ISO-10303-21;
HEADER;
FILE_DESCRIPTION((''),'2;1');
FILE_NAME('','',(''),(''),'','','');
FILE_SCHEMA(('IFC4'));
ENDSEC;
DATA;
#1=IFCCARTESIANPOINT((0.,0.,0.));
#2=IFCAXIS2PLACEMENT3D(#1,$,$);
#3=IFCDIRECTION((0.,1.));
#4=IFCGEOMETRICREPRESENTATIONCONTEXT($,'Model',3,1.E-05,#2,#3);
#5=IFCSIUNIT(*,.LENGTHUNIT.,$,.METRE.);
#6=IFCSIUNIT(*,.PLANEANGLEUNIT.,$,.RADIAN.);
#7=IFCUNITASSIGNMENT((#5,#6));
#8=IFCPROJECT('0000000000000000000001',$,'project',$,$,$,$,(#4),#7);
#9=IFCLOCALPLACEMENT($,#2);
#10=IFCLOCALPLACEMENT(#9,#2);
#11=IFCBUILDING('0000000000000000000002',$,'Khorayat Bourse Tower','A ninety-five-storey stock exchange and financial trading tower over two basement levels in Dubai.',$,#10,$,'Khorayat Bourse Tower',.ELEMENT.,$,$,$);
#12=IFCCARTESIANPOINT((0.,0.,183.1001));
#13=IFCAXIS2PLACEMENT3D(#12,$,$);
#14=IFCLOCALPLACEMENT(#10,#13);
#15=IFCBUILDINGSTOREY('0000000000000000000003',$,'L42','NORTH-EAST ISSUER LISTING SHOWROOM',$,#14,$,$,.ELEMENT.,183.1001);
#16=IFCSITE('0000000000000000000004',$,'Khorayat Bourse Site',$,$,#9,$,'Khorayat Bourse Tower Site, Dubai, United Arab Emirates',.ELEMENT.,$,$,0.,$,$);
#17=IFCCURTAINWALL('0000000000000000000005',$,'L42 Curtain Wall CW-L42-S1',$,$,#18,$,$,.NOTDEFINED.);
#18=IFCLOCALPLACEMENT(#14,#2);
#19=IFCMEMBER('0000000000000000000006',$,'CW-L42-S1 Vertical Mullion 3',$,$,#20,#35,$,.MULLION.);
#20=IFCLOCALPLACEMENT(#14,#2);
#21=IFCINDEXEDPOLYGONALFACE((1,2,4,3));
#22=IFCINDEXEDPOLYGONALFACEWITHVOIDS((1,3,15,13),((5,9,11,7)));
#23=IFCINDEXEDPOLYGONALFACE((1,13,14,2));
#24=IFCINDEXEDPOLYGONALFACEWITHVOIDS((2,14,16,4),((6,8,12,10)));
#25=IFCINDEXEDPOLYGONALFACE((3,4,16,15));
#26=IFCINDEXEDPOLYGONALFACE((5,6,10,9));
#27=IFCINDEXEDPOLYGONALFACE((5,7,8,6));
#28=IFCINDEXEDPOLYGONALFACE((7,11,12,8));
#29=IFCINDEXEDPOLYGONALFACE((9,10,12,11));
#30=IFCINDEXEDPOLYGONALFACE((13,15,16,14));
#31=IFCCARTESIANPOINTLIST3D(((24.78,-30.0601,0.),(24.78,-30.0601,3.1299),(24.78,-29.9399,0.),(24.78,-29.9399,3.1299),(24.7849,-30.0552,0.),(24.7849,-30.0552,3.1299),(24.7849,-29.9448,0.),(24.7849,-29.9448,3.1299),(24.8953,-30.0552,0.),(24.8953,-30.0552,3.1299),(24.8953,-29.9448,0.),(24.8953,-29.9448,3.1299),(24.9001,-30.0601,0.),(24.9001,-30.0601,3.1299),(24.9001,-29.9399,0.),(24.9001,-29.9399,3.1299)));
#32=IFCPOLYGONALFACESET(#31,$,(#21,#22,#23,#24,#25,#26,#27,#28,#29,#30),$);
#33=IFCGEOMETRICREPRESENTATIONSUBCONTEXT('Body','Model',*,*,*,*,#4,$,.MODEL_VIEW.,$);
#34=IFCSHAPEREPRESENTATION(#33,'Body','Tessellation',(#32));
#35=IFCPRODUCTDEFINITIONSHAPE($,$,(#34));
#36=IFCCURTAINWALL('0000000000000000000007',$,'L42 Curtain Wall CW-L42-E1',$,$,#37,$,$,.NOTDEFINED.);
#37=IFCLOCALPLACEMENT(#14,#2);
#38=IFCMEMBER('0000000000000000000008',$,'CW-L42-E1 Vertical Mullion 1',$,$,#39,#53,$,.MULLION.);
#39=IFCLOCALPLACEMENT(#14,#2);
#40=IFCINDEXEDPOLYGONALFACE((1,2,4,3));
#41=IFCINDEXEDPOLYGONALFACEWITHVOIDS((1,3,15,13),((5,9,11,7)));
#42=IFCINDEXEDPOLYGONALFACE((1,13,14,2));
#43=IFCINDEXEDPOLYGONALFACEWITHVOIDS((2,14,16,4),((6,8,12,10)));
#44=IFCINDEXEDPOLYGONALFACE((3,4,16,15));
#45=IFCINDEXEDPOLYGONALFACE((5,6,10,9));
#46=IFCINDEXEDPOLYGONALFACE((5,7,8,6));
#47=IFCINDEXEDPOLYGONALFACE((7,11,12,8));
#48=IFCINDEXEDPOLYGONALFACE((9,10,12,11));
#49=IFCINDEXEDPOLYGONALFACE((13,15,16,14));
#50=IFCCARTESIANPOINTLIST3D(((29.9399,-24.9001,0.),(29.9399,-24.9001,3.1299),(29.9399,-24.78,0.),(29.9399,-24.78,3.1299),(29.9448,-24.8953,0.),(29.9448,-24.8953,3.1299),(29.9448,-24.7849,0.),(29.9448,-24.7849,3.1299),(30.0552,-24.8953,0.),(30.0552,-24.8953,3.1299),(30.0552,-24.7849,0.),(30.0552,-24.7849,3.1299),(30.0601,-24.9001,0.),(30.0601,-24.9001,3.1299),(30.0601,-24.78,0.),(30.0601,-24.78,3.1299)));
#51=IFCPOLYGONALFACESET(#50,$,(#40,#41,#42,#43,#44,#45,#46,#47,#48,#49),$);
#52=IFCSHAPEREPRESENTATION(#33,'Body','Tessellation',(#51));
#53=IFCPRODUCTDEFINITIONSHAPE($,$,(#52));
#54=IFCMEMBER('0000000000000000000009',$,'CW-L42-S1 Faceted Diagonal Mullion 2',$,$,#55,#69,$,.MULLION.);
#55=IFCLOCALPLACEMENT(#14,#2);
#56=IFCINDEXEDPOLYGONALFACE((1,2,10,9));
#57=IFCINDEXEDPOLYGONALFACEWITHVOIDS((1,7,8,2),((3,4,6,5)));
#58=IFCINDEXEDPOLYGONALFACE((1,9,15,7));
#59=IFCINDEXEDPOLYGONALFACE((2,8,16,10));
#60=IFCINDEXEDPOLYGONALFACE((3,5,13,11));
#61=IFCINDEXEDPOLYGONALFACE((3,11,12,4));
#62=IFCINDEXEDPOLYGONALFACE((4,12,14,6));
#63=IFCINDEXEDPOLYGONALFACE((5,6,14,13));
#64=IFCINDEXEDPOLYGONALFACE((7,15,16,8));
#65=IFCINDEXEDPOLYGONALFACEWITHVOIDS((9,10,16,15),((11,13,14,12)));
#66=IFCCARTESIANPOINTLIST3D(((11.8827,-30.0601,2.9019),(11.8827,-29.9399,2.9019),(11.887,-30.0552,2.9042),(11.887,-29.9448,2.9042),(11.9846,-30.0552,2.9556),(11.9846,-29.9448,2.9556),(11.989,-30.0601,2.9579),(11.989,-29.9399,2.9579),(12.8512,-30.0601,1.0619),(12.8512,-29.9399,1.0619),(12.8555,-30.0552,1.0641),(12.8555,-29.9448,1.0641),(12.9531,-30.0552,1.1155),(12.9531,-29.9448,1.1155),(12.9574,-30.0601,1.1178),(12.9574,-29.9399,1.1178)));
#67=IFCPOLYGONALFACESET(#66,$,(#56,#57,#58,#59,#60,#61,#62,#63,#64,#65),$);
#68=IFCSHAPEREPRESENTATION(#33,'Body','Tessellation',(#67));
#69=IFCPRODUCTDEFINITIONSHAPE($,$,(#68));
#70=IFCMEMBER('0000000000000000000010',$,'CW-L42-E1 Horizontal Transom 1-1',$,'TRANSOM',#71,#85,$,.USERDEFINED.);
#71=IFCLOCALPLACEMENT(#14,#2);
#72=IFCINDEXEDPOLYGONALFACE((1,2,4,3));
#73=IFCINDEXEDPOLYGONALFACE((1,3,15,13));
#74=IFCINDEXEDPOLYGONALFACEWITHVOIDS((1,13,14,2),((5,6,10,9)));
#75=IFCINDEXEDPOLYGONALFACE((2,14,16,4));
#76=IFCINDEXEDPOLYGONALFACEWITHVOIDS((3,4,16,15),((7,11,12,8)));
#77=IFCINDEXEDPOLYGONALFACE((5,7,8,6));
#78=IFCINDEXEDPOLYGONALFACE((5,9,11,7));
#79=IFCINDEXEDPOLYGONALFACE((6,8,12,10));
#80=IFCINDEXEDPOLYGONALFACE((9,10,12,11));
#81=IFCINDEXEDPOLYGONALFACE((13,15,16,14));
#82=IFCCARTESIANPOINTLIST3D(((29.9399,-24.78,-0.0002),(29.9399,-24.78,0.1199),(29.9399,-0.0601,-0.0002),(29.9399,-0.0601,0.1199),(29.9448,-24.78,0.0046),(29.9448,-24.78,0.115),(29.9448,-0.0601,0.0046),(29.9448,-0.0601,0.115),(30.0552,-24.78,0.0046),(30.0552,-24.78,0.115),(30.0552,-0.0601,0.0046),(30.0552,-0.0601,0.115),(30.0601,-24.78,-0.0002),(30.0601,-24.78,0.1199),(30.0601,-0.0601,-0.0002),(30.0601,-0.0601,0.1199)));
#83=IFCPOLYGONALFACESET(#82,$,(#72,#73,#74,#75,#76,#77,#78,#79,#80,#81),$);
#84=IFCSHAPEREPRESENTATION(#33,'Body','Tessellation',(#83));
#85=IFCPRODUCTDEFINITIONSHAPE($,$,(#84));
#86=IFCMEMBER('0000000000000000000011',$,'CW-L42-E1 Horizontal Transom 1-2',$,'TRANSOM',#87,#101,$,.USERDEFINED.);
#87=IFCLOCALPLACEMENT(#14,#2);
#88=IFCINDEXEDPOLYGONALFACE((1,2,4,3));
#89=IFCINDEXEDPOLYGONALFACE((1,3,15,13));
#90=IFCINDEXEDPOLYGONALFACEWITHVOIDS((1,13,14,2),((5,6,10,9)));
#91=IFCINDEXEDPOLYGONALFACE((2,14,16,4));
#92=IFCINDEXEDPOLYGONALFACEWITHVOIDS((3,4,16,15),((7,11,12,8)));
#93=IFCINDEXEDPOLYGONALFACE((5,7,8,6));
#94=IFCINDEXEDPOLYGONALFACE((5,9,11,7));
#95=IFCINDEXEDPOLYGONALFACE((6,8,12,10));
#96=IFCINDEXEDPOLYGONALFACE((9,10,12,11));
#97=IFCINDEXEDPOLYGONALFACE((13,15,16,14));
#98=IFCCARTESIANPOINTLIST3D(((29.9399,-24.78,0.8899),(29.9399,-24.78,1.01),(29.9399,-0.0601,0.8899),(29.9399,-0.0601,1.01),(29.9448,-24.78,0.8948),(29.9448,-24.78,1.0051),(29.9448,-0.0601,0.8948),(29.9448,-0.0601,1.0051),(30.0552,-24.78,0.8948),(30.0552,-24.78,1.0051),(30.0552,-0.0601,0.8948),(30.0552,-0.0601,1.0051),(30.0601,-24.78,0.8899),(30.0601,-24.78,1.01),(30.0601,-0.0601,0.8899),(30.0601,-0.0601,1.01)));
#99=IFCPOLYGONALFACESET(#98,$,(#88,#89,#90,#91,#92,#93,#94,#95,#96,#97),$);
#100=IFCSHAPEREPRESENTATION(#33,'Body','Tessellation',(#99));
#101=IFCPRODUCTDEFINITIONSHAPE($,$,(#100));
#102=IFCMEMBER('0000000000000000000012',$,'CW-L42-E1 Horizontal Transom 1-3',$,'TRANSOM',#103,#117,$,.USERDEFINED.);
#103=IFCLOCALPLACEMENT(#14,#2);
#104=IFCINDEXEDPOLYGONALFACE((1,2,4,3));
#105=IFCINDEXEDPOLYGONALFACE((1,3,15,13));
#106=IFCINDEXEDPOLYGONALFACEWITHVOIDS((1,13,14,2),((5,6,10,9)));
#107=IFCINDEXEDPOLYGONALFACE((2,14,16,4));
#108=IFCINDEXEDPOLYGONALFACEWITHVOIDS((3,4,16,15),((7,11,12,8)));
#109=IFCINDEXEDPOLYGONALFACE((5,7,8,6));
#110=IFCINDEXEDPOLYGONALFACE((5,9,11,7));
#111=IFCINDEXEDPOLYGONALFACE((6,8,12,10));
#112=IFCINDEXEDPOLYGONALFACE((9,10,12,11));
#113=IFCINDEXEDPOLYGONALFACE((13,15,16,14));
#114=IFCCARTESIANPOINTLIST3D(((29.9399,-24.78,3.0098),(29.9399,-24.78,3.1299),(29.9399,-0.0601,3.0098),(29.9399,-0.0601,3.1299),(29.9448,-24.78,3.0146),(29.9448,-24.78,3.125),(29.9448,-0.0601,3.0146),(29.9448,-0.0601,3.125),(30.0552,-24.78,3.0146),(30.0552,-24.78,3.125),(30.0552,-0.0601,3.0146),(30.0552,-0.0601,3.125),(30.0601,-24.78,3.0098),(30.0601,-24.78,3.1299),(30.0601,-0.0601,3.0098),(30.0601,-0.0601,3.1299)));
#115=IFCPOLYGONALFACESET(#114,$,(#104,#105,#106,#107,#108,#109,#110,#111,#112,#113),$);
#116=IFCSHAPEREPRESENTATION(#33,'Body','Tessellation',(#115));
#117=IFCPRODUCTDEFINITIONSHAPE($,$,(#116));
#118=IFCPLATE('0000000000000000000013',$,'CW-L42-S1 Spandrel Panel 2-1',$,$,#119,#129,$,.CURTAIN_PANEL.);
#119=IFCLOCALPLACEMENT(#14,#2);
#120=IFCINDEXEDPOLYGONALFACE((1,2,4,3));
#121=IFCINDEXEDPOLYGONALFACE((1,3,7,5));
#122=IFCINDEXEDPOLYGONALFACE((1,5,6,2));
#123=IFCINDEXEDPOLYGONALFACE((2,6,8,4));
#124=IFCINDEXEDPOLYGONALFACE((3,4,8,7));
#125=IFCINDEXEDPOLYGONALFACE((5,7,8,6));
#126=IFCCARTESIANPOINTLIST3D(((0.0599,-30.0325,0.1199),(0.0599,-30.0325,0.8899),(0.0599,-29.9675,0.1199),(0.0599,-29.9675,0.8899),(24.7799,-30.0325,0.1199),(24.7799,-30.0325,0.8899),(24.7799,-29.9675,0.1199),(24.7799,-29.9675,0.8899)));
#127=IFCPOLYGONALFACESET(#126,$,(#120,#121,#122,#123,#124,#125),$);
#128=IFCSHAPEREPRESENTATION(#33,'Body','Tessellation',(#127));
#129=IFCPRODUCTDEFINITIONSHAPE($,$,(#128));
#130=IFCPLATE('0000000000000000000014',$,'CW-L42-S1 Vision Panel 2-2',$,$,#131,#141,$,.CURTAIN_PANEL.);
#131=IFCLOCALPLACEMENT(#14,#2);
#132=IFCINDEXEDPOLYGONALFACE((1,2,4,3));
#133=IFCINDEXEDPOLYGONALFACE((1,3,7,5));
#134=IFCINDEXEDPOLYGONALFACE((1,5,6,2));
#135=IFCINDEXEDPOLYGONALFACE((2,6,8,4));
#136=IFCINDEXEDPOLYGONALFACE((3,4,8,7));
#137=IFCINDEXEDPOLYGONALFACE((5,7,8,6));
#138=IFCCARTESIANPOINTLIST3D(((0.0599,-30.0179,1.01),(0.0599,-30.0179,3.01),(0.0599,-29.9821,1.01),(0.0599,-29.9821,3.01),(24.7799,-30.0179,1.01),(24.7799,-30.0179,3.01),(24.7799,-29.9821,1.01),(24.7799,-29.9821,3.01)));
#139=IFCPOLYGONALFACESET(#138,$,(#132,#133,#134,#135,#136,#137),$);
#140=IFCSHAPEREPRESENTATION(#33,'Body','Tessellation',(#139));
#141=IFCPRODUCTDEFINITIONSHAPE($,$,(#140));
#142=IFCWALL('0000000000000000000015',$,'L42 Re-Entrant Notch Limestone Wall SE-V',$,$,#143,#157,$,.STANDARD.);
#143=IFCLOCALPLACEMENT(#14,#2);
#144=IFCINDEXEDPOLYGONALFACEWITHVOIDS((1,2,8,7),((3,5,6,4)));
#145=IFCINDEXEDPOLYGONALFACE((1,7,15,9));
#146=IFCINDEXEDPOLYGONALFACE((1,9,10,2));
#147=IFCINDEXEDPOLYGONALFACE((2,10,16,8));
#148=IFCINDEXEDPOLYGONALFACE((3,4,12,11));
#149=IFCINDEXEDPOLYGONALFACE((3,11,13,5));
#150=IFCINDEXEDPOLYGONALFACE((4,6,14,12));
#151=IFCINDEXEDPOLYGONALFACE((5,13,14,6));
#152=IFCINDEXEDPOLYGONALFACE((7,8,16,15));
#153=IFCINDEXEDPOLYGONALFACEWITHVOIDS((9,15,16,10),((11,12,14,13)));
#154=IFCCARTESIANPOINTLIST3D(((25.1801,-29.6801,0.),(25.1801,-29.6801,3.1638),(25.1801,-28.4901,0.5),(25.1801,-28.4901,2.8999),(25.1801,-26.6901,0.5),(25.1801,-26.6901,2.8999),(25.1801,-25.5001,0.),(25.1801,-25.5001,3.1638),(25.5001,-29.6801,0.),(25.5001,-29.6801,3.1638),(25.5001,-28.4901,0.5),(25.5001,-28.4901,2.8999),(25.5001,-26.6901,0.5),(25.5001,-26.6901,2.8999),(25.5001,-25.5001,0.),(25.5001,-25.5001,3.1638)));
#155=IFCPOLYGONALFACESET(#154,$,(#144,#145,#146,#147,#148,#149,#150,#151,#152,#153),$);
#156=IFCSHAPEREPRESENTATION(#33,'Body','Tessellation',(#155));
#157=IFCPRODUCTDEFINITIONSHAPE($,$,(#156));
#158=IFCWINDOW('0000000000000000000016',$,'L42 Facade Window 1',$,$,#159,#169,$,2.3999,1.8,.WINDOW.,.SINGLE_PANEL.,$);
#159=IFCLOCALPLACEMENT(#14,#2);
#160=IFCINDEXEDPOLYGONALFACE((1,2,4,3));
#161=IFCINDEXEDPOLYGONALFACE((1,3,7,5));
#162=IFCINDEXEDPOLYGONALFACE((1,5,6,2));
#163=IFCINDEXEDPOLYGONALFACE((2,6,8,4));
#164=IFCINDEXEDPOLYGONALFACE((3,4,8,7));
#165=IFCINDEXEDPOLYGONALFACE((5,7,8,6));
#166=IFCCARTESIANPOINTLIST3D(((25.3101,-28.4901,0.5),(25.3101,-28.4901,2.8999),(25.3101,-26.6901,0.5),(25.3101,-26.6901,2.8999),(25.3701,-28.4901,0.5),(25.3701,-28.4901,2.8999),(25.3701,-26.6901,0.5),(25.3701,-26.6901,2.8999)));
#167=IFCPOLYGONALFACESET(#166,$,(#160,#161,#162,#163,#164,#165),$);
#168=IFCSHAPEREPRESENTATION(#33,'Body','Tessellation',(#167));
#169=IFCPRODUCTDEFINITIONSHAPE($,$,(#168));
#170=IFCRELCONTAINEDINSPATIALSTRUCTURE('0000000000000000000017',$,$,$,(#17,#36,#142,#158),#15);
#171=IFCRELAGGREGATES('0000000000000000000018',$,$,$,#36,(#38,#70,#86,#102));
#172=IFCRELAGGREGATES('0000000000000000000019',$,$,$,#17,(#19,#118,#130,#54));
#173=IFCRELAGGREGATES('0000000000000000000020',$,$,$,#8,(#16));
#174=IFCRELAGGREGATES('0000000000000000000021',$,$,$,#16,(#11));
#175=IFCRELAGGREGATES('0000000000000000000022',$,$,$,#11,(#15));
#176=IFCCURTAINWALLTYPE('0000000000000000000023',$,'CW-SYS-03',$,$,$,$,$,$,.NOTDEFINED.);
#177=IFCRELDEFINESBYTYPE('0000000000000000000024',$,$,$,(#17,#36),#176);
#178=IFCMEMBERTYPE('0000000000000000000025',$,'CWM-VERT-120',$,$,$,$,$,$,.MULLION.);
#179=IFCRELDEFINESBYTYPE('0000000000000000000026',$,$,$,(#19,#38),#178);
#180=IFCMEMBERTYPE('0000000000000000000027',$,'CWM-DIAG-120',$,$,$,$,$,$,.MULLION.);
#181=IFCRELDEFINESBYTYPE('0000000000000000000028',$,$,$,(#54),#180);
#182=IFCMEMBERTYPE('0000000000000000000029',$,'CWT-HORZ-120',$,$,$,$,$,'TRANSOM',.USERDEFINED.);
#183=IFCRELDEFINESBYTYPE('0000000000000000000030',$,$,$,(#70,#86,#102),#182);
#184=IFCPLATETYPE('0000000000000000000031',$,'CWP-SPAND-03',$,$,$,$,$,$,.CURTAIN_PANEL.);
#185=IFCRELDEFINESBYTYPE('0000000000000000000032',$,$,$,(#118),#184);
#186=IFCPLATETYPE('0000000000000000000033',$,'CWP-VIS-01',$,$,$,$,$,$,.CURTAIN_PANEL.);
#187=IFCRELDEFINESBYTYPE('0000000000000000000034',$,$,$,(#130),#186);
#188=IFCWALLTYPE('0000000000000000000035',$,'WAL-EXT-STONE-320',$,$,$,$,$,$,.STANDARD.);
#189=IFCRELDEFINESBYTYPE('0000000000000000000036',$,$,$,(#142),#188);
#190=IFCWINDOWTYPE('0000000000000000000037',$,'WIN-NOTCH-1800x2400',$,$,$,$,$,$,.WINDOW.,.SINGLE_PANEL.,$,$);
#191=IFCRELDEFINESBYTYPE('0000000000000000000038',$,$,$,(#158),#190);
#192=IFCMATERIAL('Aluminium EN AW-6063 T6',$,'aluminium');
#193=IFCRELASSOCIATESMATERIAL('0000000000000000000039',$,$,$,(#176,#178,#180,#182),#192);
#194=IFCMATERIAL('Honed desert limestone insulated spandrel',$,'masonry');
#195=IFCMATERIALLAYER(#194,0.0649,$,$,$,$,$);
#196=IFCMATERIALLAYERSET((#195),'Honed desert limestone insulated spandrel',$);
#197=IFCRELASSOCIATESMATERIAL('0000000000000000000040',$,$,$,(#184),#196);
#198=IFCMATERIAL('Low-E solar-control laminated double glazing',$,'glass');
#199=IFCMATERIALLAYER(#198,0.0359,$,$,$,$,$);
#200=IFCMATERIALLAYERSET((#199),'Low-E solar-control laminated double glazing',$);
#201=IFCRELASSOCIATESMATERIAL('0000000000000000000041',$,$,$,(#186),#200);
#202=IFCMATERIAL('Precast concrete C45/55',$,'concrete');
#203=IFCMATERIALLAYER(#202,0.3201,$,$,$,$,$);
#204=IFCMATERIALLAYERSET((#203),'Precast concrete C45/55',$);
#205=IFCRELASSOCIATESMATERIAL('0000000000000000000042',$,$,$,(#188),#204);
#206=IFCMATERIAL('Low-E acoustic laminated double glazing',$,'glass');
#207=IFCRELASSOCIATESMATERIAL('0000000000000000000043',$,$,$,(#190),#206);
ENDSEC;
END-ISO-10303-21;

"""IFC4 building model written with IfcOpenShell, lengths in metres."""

from ifc_helpers import new_model, si_unit, direction, frame, frame_2d, origin, origin_2d, place, context, subcontext, project, spatial, rectangle, hollow_rectangle, extrude, source, transform, mapped, material, layer, layer_set, material_profile, profile_set, type_object, element, fill, aggregate, save


model = new_model("IFC4")

# Units and contexts
model_context = context("Model", 3, precision=1e-05, world=origin(), true_north=direction((0.0, 1.0)))
body_context = subcontext(model_context, "Body", "Model", "MODEL_VIEW")
ifc_project = project(units=[si_unit("LENGTHUNIT", "METRE"), si_unit("PLANEANGLEUNIT", "RADIAN")], contexts=[model_context])

# Site, building, storey
site_placement = place(None, origin())
site = spatial("IfcSite", under=ifc_project, at=site_placement, Name="Khorayat Bourse Site", LongName="Khorayat Bourse Tower Site, Dubai, United Arab Emirates", CompositionType="ELEMENT", RefElevation=0.0)
building_placement = place(site_placement, origin())
building = spatial("IfcBuilding", under=site, at=building_placement, Name="Khorayat Bourse Tower", Description="A ninety-five-storey stock exchange and financial trading tower over two basement levels in Dubai.", LongName="Khorayat Bourse Tower", CompositionType="ELEMENT")
storey_placement = place(building_placement, frame((0.0, 0.0, 183.1001)))
storey = spatial("IfcBuildingStorey", under=building, at=storey_placement, Name="L42", Description="NORTH-EAST ISSUER LISTING SHOWROOM", CompositionType="ELEMENT", Elevation=183.1001)

# Curtain walls, members
ifc_material_1 = material(Name="Aluminium EN AW-6063 T6", Category="aluminium")
curtain_wall_type = type_object("IfcCurtainWallType", Name="CW-SYS-03", PredefinedType="NOTDEFINED", material=ifc_material_1)
curtain_wall_1_placement = place(storey_placement, origin())
curtain_wall_1 = element("IfcCurtainWall", 1, at=curtain_wall_1_placement, inside=storey, type_object=curtain_wall_type, Name="L42 Curtain Wall CW-L42-S1", PredefinedType="NOTDEFINED")
ifc_material_profile_1 = material_profile(ifc_material_1, hollow_rectangle(XDim=0.1201, YDim=0.1201, WallThickness=0.0049, at=origin_2d()), Name="ALU 120x120x5")
ifc_profile_set_1 = profile_set([ifc_material_profile_1], Name="Aluminium EN AW-6063 T6")
member_type_1 = type_object("IfcMemberType", Name="CWM-VERT-120", PredefinedType="MULLION", material=ifc_profile_set_1)
shared_shape_1 = source(origin(), body_context, "Body", "SweptSolid", [
    extrude(hollow_rectangle(XDim=0.1201, YDim=0.1201, WallThickness=0.0049, at=origin_2d()), origin(), (0.0, 0.0, 1.0), 3.1299),
])
member_1_placement = place(storey_placement, frame((24.8401, -30.0, 0.0), z_axis=(0.0, 0.0, 1.0), x_axis=(0.0, 1.0, 0.0)))
member_1 = element("IfcMember", 2, at=member_1_placement, type_object=member_type_1, Name="CW-L42-S1 Vertical Mullion 3", PredefinedType="MULLION", context=body_context, shape_type="MappedRepresentation", body=[
    mapped(shared_shape_1, transform((0.0, 0.0, 0.0), scale=1.0)),
])
curtain_wall_2_placement = place(storey_placement, origin())
curtain_wall_2 = element("IfcCurtainWall", 3, at=curtain_wall_2_placement, inside=storey, type_object=curtain_wall_type, Name="L42 Curtain Wall CW-L42-E1", PredefinedType="NOTDEFINED")
member_2_placement = place(storey_placement, frame((30.0, -24.8401, 0.0), z_axis=(0.0, 0.0, 1.0), x_axis=(-1.0, 0.0, 0.0)))
member_2 = element("IfcMember", 4, at=member_2_placement, type_object=member_type_1, Name="CW-L42-E1 Vertical Mullion 1", PredefinedType="MULLION", context=body_context, shape_type="MappedRepresentation", body=[
    mapped(shared_shape_1, transform((0.0, 0.0, 0.0), scale=1.0)),
])

# Members
ifc_material_profile_2 = material_profile(ifc_material_1, hollow_rectangle(XDim=0.1201, YDim=0.1201, WallThickness=0.0049, at=origin_2d()), Name="ALU 120x120x5")
ifc_profile_set_2 = profile_set([ifc_material_profile_2], Name="Aluminium EN AW-6063 T6")
member_type_2 = type_object("IfcMemberType", Name="CWM-DIAG-120", PredefinedType="MULLION", material=ifc_profile_set_2)
shared_shape_2 = source(origin(), body_context, "Body", "SweptSolid", [
    extrude(hollow_rectangle(XDim=0.1201, YDim=0.1201, WallThickness=0.0049, at=origin_2d()), origin(), (0.0, 0.0, 1.0), 2.0793),
])
member_3_placement = place(storey_placement, frame((12.9043, -30.0, 1.0898), z_axis=(-0.465761, 0.0, 0.884911), x_axis=(0.0, -1.0, 0.0)))
member_3 = element("IfcMember", 5, at=member_3_placement, type_object=member_type_2, Name="CW-L42-S1 Faceted Diagonal Mullion 2", PredefinedType="MULLION", context=body_context, shape_type="MappedRepresentation", body=[
    mapped(shared_shape_2, transform((0.0, 0.0, 0.0), scale=1.0)),
])
ifc_material_profile_3 = material_profile(ifc_material_1, hollow_rectangle(XDim=0.1201, YDim=0.1201, WallThickness=0.0049, at=origin_2d()), Name="ALU 120x120x5")
ifc_profile_set_3 = profile_set([ifc_material_profile_3], Name="Aluminium EN AW-6063 T6")
member_type_3 = type_object("IfcMemberType", Name="CWT-HORZ-120", ElementType="TRANSOM", PredefinedType="USERDEFINED", material=ifc_profile_set_3)
shared_shape_3 = source(origin(), body_context, "Body", "SweptSolid", [
    extrude(hollow_rectangle(XDim=0.1201, YDim=0.1201, WallThickness=0.0049, at=origin_2d()), origin(), (0.0, 0.0, 1.0), 24.72),
])
member_4_placement = place(storey_placement, frame((30.0, -24.78, 0.0598), z_axis=(0.0, 1.0, 0.0), x_axis=(-1.0, 0.0, 0.0)))
member_4 = element("IfcMember", 6, at=member_4_placement, type_object=member_type_3, Name="CW-L42-E1 Horizontal Transom 1-1", ObjectType="TRANSOM", PredefinedType="USERDEFINED", context=body_context, shape_type="MappedRepresentation", body=[
    mapped(shared_shape_3, transform((0.0, 0.0, 0.0), scale=1.0)),
])
member_5_placement = place(storey_placement, frame((30.0, -24.78, 0.95), z_axis=(0.0, 1.0, 0.0), x_axis=(-1.0, 0.0, 0.0)))
member_5 = element("IfcMember", 7, at=member_5_placement, type_object=member_type_3, Name="CW-L42-E1 Horizontal Transom 1-2", ObjectType="TRANSOM", PredefinedType="USERDEFINED", context=body_context, shape_type="MappedRepresentation", body=[
    mapped(shared_shape_3, transform((0.0, 0.0, 0.0), scale=1.0)),
])
member_6_placement = place(storey_placement, frame((30.0, -24.78, 3.0698), z_axis=(0.0, 1.0, 0.0), x_axis=(-1.0, 0.0, 0.0)))
member_6 = element("IfcMember", 8, at=member_6_placement, type_object=member_type_3, Name="CW-L42-E1 Horizontal Transom 1-3", ObjectType="TRANSOM", PredefinedType="USERDEFINED", context=body_context, shape_type="MappedRepresentation", body=[
    mapped(shared_shape_3, transform((0.0, 0.0, 0.0), scale=1.0)),
])
aggregate(curtain_wall_2, [member_2, member_4, member_5, member_6])

# Plates
ifc_material_2 = material(Name="Honed desert limestone insulated spandrel", Category="masonry")
ifc_layer_1 = layer(ifc_material_2, 0.0649)
ifc_layer_set_1 = layer_set([ifc_layer_1], Name="Honed desert limestone insulated spandrel")
plate_type_1 = type_object("IfcPlateType", Name="CWP-SPAND-03", PredefinedType="CURTAIN_PANEL", material=ifc_layer_set_1)
shared_shape_4 = source(origin(), body_context, "Body", "SweptSolid", [
    extrude(rectangle(XDim=24.72, YDim=0.0649, at=origin_2d()), origin(), (0.0, 0.0, 1.0), 0.77),
])
plate_1_placement = place(storey_placement, frame((12.4199, -30.0, 0.1199), z_axis=(0.0, 0.0, 1.0), x_axis=(1.0, 0.0, 0.0)))
plate_1 = element("IfcPlate", 9, at=plate_1_placement, type_object=plate_type_1, Name="CW-L42-S1 Spandrel Panel 2-1", PredefinedType="CURTAIN_PANEL", context=body_context, shape_type="MappedRepresentation", body=[
    mapped(shared_shape_4, transform((0.0, 0.0, 0.0), scale=1.0)),
])
ifc_material_3 = material(Name="Low-E solar-control laminated double glazing", Category="glass")
ifc_layer_2 = layer(ifc_material_3, 0.0359)
ifc_layer_set_2 = layer_set([ifc_layer_2], Name="Low-E solar-control laminated double glazing")
plate_type_2 = type_object("IfcPlateType", Name="CWP-VIS-01", PredefinedType="CURTAIN_PANEL", material=ifc_layer_set_2)
shared_shape_5 = source(origin(), body_context, "Body", "SweptSolid", [
    extrude(rectangle(XDim=24.72, YDim=0.0359, at=origin_2d()), origin(), (0.0, 0.0, 1.0), 2.0),
])
plate_2_placement = place(storey_placement, frame((12.4199, -30.0, 1.01), z_axis=(0.0, 0.0, 1.0), x_axis=(1.0, 0.0, 0.0)))
plate_2 = element("IfcPlate", 10, at=plate_2_placement, type_object=plate_type_2, Name="CW-L42-S1 Vision Panel 2-2", PredefinedType="CURTAIN_PANEL", context=body_context, shape_type="MappedRepresentation", body=[
    mapped(shared_shape_5, transform((0.0, 0.0, 0.0), scale=1.0)),
])
aggregate(curtain_wall_1, [member_1, plate_1, plate_2, member_3])

# Wall, opening, window
ifc_material_4 = material(Name="Precast concrete C45/55", Category="concrete")
ifc_layer_3 = layer(ifc_material_4, 0.3201)
ifc_layer_set_3 = layer_set([ifc_layer_3], Name="Precast concrete C45/55")
wall_type_1 = type_object("IfcWallType", Name="WAL-EXT-STONE-320", PredefinedType="STANDARD", material=ifc_layer_set_3)
shared_shape_6 = source(origin(), body_context, "Body", "SweptSolid", [
    extrude(rectangle(XDim=4.1799, YDim=0.3201, at=frame_2d((2.0898, 0.0))), origin(), (0.0, 0.0, 1.0), 3.1638),
])
wall_1_placement = place(storey_placement, frame((25.3401, -29.6799, 0.0), z_axis=(0.0, 0.0, 1.0), x_axis=(0.0, 1.0, 0.0)))
wall_1 = element("IfcWall", 11, at=wall_1_placement, inside=storey, type_object=wall_type_1, Name="L42 Re-Entrant Notch Limestone Wall SE-V", PredefinedType="STANDARD", context=body_context, shape_type="MappedRepresentation", body=[
    mapped(shared_shape_6, transform((0.0, 0.0, 0.0), scale=1.0)),
])
shared_shape_7 = source(origin(), body_context, "Body", "SweptSolid", [
    extrude(rectangle(XDim=1.8, YDim=2.3999, at=frame_2d((0.8999, 1.2))), frame((0.0, 0.1699, 0.0), z_axis=(0.0, -1.0, 0.0), x_axis=(1.0, 0.0, 0.0)), (0.0, 0.0, 1.0), 0.3401),
])
opening_1_placement = place(wall_1_placement, frame((1.1899, 0.0, 0.5)))
opening_1 = element("IfcOpeningElement", 12, at=opening_1_placement, cuts=wall_1, PredefinedType="OPENING", context=body_context, shape_type="MappedRepresentation", body=[
    mapped(shared_shape_7, transform((0.0, 0.0, 0.0), scale=1.0)),
])
ifc_material_5 = material(Name="Low-E acoustic laminated double glazing", Category="glass")
window_type = type_object("IfcWindowType", Name="WIN-NOTCH-1800x2400", PartitioningType="SINGLE_PANEL", PredefinedType="WINDOW", material=ifc_material_5)
shared_shape_8 = source(origin(), body_context, "Body", "SweptSolid", [
    extrude(rectangle(XDim=1.8, YDim=2.3999, at=frame_2d((0.8999, 1.2))), frame((0.0, 0.03, 0.0), z_axis=(0.0, -1.0, 0.0), x_axis=(1.0, 0.0, 0.0)), (0.0, 0.0, 1.0), 0.0601),
])
window_1_placement = place(opening_1_placement, origin())
window_1 = element("IfcWindow", 13, at=window_1_placement, inside=storey, type_object=window_type, Name="L42 Facade Window 1", OverallHeight=2.3999, OverallWidth=1.8, PartitioningType="SINGLE_PANEL", PredefinedType="WINDOW", context=body_context, shape_type="MappedRepresentation", body=[
    mapped(shared_shape_8, transform((0.0, 0.0, 0.0), scale=1.0)),
])
fill(opening_1, window_1)

save(model, "model.ifc")
